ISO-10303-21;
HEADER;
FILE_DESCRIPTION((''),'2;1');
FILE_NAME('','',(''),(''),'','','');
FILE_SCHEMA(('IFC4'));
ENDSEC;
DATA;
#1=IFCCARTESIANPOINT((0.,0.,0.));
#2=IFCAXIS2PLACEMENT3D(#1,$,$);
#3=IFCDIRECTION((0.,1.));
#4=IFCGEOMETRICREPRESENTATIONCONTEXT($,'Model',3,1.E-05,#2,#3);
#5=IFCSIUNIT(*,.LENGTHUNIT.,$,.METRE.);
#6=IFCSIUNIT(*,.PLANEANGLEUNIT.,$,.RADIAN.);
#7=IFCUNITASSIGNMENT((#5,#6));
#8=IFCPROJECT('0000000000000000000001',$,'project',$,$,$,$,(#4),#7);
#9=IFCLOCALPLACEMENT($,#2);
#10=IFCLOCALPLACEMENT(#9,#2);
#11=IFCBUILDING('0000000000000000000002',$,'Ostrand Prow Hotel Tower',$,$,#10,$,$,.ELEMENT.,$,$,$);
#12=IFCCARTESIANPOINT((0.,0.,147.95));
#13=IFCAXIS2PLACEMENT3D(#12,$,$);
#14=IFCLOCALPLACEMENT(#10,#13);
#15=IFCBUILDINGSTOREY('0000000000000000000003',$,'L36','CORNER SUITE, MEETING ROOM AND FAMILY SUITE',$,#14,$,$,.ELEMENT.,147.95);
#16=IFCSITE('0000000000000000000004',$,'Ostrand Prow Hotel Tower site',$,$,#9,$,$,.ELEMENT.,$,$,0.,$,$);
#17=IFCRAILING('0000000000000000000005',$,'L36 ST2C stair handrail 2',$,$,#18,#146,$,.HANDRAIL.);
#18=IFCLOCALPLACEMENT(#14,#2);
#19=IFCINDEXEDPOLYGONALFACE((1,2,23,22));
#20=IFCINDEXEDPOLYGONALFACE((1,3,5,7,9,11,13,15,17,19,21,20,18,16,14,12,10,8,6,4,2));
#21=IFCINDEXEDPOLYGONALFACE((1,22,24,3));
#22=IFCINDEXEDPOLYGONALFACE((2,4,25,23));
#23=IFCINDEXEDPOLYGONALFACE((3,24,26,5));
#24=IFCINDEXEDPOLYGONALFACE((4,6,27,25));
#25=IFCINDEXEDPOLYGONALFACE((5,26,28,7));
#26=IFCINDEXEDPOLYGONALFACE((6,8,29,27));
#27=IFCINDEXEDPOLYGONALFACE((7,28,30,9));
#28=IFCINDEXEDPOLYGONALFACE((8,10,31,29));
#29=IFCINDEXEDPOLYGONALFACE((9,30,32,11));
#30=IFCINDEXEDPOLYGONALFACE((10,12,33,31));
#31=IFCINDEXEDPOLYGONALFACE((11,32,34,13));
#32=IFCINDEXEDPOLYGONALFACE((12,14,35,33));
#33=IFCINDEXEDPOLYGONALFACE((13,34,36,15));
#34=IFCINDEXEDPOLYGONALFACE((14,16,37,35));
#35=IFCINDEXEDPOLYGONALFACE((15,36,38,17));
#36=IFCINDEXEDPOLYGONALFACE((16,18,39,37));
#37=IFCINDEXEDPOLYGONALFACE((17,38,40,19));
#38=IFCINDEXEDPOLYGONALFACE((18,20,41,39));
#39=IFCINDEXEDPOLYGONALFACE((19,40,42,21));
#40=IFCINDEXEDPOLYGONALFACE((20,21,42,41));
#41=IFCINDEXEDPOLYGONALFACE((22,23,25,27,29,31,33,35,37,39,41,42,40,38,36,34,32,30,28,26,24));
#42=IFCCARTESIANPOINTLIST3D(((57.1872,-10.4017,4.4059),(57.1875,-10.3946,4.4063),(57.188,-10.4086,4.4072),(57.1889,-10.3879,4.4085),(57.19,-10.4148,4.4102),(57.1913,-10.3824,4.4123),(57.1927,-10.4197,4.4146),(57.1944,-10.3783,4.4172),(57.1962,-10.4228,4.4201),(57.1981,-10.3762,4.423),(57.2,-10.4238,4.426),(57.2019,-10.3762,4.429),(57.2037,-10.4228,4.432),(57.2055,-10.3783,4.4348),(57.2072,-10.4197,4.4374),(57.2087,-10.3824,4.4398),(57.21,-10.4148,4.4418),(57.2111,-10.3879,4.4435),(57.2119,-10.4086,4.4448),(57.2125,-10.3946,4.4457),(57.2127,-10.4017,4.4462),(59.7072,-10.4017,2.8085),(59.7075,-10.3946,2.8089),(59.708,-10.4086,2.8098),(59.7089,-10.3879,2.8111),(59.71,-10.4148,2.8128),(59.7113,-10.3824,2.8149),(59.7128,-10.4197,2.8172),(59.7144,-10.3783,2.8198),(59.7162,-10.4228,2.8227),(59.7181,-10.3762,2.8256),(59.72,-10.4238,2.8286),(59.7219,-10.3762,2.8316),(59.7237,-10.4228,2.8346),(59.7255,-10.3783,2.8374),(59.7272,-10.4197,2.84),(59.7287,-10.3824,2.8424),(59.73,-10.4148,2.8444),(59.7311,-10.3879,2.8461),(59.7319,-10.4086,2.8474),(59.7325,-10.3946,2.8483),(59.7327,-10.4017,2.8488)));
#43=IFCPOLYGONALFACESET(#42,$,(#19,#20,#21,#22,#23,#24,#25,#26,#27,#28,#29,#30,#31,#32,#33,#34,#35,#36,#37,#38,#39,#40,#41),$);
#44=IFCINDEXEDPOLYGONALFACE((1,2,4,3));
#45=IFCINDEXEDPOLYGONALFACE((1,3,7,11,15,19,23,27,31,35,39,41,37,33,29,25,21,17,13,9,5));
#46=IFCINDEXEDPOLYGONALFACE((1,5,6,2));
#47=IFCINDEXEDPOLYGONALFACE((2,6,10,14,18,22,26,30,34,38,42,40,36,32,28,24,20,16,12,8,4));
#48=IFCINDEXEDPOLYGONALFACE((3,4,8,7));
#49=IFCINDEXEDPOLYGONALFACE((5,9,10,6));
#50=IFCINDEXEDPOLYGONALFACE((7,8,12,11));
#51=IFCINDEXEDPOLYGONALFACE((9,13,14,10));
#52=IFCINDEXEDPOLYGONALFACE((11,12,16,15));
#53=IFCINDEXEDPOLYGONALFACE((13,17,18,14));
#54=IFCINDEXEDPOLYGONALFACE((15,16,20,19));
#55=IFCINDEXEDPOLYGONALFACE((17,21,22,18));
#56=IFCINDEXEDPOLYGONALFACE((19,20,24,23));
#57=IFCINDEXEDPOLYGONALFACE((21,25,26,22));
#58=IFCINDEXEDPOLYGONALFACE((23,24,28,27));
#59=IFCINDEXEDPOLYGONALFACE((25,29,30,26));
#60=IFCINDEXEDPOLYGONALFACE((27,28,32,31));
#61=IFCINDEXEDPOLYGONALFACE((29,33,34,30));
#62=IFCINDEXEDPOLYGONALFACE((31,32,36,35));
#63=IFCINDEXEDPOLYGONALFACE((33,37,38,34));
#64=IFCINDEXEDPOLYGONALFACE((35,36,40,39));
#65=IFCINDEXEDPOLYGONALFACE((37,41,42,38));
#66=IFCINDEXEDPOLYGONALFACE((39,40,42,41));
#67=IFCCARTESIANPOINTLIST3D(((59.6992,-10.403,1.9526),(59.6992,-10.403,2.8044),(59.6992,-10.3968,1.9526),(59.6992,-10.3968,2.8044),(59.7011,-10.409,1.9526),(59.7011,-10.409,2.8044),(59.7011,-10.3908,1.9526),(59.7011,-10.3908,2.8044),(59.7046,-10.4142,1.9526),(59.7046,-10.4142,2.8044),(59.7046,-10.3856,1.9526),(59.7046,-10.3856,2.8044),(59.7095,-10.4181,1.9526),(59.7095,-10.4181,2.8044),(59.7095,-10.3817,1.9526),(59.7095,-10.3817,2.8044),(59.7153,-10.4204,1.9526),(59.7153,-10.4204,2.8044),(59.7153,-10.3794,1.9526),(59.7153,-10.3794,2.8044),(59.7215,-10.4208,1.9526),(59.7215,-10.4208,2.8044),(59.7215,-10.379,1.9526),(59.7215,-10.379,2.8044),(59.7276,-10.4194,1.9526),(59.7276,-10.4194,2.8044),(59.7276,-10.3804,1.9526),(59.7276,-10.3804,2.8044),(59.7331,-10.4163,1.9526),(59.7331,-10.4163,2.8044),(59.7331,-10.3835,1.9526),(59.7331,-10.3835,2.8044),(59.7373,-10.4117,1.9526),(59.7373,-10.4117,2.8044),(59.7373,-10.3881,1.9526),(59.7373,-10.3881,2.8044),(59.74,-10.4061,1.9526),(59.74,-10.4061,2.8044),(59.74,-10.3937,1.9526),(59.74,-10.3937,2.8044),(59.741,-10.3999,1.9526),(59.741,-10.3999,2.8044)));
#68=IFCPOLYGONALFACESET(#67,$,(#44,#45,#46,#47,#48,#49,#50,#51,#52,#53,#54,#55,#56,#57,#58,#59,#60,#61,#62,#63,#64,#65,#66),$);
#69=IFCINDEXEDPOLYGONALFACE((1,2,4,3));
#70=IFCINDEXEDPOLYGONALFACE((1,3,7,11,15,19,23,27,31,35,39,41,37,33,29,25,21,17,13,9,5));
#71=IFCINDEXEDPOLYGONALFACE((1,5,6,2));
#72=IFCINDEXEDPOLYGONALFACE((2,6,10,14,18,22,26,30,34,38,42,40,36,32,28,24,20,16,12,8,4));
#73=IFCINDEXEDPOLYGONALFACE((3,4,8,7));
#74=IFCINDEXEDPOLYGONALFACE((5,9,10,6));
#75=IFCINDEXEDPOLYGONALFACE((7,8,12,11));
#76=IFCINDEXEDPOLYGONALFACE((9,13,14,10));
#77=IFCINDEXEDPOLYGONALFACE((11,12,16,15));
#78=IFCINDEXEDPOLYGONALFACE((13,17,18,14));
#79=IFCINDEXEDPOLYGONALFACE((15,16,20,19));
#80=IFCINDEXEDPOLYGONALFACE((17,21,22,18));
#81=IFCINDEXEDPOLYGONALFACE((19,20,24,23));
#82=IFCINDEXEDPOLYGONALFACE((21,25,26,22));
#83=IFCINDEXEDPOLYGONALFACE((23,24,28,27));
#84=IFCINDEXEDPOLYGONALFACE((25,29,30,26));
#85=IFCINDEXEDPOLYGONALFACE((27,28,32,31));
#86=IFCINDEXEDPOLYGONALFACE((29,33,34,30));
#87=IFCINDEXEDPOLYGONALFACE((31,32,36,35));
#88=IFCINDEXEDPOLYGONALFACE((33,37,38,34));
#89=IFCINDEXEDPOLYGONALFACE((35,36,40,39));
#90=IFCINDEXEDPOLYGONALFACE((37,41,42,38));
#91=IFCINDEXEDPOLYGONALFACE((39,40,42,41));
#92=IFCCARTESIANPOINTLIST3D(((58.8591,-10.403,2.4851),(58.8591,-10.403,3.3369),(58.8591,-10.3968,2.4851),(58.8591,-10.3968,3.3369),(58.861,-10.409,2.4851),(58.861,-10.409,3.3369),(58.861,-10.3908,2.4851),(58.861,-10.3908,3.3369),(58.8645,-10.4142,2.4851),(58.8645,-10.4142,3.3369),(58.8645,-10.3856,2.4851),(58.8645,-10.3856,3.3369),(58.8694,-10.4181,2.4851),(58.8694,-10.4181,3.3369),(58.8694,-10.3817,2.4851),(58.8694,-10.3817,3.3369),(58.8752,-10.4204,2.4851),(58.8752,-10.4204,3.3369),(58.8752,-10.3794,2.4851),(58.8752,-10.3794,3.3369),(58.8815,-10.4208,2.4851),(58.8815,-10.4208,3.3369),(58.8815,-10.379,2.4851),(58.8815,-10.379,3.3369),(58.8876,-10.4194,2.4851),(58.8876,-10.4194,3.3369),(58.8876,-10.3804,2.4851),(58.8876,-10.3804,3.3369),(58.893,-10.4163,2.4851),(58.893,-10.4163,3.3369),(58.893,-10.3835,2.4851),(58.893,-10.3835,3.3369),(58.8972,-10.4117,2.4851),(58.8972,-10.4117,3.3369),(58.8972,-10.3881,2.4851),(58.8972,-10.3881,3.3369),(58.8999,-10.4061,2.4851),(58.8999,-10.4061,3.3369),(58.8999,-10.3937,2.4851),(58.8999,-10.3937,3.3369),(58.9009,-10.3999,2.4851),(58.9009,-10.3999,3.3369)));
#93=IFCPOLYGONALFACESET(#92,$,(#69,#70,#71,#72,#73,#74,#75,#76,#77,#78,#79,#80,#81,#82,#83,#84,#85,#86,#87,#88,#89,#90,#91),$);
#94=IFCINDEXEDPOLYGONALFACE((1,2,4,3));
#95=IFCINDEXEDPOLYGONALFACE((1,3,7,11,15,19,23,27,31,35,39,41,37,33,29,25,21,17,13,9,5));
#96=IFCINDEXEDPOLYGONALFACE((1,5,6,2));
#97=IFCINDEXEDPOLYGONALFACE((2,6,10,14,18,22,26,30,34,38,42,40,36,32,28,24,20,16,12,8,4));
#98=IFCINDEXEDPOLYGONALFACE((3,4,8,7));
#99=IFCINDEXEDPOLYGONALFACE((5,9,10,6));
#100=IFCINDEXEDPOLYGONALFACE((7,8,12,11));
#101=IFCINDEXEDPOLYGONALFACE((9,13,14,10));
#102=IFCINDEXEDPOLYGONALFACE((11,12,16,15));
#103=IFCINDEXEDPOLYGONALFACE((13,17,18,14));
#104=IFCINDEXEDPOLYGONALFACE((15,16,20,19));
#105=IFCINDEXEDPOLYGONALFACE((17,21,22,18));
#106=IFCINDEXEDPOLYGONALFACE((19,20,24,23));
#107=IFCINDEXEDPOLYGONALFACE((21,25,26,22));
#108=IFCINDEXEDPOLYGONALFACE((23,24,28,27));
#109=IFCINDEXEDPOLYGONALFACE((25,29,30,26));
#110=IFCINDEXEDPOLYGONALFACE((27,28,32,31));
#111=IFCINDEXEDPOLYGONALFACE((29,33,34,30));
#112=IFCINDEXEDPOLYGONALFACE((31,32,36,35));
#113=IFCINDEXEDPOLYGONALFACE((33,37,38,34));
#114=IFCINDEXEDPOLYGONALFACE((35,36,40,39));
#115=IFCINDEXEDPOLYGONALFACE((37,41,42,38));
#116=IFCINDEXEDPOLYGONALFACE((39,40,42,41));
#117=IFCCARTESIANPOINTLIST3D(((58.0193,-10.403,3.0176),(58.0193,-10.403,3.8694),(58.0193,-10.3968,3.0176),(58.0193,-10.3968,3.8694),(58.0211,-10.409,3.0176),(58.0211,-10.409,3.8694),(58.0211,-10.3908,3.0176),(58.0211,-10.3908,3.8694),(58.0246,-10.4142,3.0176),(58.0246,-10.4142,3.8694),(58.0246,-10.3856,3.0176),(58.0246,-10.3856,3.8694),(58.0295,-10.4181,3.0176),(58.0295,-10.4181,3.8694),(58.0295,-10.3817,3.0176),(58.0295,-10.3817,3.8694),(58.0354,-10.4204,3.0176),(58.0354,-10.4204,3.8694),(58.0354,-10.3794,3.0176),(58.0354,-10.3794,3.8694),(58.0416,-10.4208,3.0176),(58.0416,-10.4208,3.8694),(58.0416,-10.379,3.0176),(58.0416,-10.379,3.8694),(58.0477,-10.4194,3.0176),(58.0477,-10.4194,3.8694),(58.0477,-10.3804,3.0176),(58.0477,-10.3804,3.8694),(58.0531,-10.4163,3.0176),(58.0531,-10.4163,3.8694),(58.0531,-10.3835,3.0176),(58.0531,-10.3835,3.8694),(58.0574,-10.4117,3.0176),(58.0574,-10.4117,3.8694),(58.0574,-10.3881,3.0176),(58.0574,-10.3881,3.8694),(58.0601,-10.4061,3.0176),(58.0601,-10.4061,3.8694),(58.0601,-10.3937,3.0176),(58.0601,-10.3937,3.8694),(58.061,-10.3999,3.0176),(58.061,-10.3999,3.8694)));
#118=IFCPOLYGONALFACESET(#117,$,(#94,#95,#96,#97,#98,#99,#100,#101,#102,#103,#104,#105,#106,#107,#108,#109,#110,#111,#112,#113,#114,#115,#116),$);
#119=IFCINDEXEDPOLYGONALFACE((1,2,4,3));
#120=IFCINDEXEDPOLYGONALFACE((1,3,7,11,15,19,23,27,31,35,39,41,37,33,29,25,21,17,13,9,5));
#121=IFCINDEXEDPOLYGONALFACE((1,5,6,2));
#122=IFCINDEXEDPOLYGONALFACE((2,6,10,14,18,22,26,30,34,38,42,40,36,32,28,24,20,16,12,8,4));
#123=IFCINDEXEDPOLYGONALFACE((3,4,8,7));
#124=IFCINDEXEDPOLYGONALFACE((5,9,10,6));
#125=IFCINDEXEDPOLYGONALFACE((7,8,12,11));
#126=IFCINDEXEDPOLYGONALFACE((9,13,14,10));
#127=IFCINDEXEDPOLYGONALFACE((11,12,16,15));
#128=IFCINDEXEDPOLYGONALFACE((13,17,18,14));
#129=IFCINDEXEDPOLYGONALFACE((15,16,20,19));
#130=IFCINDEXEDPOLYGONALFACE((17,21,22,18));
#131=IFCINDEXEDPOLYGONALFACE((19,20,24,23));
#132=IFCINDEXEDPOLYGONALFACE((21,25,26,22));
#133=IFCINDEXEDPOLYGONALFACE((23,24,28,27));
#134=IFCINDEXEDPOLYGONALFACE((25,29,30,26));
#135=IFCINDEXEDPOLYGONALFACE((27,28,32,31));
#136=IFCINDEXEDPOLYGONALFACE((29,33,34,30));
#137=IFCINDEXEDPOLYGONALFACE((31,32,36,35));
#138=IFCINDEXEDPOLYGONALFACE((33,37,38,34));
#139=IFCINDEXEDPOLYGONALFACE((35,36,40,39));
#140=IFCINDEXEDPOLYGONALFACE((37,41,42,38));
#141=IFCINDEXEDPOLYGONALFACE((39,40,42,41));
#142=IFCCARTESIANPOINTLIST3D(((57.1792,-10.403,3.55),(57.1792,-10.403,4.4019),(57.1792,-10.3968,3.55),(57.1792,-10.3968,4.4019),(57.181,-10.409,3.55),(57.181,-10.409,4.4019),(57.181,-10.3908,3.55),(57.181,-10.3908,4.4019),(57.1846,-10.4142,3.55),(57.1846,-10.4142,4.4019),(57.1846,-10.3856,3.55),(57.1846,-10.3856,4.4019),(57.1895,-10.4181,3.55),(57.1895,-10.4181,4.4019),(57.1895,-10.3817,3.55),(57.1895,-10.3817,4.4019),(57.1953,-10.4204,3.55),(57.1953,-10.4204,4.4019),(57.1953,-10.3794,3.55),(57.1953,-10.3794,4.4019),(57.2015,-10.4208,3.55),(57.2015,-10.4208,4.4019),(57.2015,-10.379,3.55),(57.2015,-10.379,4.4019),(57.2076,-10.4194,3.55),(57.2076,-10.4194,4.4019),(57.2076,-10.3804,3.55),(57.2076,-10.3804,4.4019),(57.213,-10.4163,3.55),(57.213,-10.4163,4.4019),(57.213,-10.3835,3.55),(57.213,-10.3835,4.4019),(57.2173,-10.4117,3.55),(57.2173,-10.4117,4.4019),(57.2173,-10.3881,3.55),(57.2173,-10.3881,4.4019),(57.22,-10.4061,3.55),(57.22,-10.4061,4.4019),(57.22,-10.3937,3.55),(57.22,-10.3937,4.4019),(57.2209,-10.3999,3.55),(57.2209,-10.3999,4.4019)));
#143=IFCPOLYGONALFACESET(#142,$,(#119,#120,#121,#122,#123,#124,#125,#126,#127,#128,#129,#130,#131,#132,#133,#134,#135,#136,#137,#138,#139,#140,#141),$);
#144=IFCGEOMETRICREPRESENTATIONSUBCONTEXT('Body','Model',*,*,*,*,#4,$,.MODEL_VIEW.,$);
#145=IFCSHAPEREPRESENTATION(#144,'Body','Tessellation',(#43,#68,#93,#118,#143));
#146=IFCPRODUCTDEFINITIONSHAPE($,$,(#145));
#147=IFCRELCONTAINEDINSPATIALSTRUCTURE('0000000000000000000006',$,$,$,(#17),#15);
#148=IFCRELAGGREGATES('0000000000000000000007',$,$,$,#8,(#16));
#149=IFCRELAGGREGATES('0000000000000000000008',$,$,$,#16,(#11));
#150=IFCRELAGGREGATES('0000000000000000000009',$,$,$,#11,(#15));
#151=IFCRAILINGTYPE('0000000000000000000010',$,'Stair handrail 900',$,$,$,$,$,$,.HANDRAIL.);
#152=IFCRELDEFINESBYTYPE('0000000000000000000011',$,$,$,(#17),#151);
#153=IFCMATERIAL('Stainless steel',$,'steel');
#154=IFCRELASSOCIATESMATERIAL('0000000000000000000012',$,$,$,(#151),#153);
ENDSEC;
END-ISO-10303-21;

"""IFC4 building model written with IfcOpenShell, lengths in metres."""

from ifc_helpers import new_model, si_unit, direction, frame, origin, origin_2d, place, context, subcontext, project, spatial, circle, extrude, material, type_object, element, save


model = new_model("IFC4")

# Units and contexts
model_context = context("Model", 3, precision=1e-05, world=origin(), true_north=direction((0.0, 1.0)))
body_context = subcontext(model_context, "Body", "Model", "MODEL_VIEW")
ifc_project = project(units=[si_unit("LENGTHUNIT", "METRE"), si_unit("PLANEANGLEUNIT", "RADIAN")], contexts=[model_context])

# Site, building, storey
site_placement = place(None, origin())
site = spatial("IfcSite", under=ifc_project, at=site_placement, Name="Ostrand Prow Hotel Tower site", CompositionType="ELEMENT", RefElevation=0.0)
building_placement = place(site_placement, origin())
building = spatial("IfcBuilding", under=site, at=building_placement, Name="Ostrand Prow Hotel Tower", CompositionType="ELEMENT")
storey_placement = place(building_placement, frame((0.0, 0.0, 147.95)))
storey = spatial("IfcBuildingStorey", under=building, at=storey_placement, Name="L36", Description="CORNER SUITE, MEETING ROOM AND FAMILY SUITE", CompositionType="ELEMENT", Elevation=147.95)

# Railing
ifc_material_1 = material(Name="Stainless steel", Category="steel")
railing_type_1 = type_object("IfcRailingType", Name="Stair handrail 900", PredefinedType="HANDRAIL", material=ifc_material_1)
railing_1_placement = place(storey_placement, frame((59.72, -10.3999, 1.9526)))
element("IfcRailing", 1, at=railing_1_placement, inside=storey, type_object=railing_type_1, Name="L36 ST2C stair handrail 2", PredefinedType="HANDRAIL", context=body_context, shape_type="SweptSolid", body=[
    extrude(circle(Radius=0.0239, at=origin_2d()), frame((0.0, 0.0, 0.876), z_axis=(-0.844607, 0.0, 0.535387), x_axis=(0.0, -1.0, 0.0)), (0.0, 0.0, 1.0), 2.9836),
    extrude(circle(Radius=0.021, at=origin_2d()), origin(), (0.0, 0.0, 1.0), 0.8518),
    extrude(circle(Radius=0.021, at=origin_2d()), frame((-0.8401, 0.0, 0.5325)), (0.0, 0.0, 1.0), 0.8518),
    extrude(circle(Radius=0.021, at=origin_2d()), frame((-1.6799, 0.0, 1.0649)), (0.0, 0.0, 1.0), 0.8518),
    extrude(circle(Radius=0.021, at=origin_2d()), frame((-2.52, 0.0, 1.5974)), (0.0, 0.0, 1.0), 0.8518),
])

save(model, "model.ifc")
